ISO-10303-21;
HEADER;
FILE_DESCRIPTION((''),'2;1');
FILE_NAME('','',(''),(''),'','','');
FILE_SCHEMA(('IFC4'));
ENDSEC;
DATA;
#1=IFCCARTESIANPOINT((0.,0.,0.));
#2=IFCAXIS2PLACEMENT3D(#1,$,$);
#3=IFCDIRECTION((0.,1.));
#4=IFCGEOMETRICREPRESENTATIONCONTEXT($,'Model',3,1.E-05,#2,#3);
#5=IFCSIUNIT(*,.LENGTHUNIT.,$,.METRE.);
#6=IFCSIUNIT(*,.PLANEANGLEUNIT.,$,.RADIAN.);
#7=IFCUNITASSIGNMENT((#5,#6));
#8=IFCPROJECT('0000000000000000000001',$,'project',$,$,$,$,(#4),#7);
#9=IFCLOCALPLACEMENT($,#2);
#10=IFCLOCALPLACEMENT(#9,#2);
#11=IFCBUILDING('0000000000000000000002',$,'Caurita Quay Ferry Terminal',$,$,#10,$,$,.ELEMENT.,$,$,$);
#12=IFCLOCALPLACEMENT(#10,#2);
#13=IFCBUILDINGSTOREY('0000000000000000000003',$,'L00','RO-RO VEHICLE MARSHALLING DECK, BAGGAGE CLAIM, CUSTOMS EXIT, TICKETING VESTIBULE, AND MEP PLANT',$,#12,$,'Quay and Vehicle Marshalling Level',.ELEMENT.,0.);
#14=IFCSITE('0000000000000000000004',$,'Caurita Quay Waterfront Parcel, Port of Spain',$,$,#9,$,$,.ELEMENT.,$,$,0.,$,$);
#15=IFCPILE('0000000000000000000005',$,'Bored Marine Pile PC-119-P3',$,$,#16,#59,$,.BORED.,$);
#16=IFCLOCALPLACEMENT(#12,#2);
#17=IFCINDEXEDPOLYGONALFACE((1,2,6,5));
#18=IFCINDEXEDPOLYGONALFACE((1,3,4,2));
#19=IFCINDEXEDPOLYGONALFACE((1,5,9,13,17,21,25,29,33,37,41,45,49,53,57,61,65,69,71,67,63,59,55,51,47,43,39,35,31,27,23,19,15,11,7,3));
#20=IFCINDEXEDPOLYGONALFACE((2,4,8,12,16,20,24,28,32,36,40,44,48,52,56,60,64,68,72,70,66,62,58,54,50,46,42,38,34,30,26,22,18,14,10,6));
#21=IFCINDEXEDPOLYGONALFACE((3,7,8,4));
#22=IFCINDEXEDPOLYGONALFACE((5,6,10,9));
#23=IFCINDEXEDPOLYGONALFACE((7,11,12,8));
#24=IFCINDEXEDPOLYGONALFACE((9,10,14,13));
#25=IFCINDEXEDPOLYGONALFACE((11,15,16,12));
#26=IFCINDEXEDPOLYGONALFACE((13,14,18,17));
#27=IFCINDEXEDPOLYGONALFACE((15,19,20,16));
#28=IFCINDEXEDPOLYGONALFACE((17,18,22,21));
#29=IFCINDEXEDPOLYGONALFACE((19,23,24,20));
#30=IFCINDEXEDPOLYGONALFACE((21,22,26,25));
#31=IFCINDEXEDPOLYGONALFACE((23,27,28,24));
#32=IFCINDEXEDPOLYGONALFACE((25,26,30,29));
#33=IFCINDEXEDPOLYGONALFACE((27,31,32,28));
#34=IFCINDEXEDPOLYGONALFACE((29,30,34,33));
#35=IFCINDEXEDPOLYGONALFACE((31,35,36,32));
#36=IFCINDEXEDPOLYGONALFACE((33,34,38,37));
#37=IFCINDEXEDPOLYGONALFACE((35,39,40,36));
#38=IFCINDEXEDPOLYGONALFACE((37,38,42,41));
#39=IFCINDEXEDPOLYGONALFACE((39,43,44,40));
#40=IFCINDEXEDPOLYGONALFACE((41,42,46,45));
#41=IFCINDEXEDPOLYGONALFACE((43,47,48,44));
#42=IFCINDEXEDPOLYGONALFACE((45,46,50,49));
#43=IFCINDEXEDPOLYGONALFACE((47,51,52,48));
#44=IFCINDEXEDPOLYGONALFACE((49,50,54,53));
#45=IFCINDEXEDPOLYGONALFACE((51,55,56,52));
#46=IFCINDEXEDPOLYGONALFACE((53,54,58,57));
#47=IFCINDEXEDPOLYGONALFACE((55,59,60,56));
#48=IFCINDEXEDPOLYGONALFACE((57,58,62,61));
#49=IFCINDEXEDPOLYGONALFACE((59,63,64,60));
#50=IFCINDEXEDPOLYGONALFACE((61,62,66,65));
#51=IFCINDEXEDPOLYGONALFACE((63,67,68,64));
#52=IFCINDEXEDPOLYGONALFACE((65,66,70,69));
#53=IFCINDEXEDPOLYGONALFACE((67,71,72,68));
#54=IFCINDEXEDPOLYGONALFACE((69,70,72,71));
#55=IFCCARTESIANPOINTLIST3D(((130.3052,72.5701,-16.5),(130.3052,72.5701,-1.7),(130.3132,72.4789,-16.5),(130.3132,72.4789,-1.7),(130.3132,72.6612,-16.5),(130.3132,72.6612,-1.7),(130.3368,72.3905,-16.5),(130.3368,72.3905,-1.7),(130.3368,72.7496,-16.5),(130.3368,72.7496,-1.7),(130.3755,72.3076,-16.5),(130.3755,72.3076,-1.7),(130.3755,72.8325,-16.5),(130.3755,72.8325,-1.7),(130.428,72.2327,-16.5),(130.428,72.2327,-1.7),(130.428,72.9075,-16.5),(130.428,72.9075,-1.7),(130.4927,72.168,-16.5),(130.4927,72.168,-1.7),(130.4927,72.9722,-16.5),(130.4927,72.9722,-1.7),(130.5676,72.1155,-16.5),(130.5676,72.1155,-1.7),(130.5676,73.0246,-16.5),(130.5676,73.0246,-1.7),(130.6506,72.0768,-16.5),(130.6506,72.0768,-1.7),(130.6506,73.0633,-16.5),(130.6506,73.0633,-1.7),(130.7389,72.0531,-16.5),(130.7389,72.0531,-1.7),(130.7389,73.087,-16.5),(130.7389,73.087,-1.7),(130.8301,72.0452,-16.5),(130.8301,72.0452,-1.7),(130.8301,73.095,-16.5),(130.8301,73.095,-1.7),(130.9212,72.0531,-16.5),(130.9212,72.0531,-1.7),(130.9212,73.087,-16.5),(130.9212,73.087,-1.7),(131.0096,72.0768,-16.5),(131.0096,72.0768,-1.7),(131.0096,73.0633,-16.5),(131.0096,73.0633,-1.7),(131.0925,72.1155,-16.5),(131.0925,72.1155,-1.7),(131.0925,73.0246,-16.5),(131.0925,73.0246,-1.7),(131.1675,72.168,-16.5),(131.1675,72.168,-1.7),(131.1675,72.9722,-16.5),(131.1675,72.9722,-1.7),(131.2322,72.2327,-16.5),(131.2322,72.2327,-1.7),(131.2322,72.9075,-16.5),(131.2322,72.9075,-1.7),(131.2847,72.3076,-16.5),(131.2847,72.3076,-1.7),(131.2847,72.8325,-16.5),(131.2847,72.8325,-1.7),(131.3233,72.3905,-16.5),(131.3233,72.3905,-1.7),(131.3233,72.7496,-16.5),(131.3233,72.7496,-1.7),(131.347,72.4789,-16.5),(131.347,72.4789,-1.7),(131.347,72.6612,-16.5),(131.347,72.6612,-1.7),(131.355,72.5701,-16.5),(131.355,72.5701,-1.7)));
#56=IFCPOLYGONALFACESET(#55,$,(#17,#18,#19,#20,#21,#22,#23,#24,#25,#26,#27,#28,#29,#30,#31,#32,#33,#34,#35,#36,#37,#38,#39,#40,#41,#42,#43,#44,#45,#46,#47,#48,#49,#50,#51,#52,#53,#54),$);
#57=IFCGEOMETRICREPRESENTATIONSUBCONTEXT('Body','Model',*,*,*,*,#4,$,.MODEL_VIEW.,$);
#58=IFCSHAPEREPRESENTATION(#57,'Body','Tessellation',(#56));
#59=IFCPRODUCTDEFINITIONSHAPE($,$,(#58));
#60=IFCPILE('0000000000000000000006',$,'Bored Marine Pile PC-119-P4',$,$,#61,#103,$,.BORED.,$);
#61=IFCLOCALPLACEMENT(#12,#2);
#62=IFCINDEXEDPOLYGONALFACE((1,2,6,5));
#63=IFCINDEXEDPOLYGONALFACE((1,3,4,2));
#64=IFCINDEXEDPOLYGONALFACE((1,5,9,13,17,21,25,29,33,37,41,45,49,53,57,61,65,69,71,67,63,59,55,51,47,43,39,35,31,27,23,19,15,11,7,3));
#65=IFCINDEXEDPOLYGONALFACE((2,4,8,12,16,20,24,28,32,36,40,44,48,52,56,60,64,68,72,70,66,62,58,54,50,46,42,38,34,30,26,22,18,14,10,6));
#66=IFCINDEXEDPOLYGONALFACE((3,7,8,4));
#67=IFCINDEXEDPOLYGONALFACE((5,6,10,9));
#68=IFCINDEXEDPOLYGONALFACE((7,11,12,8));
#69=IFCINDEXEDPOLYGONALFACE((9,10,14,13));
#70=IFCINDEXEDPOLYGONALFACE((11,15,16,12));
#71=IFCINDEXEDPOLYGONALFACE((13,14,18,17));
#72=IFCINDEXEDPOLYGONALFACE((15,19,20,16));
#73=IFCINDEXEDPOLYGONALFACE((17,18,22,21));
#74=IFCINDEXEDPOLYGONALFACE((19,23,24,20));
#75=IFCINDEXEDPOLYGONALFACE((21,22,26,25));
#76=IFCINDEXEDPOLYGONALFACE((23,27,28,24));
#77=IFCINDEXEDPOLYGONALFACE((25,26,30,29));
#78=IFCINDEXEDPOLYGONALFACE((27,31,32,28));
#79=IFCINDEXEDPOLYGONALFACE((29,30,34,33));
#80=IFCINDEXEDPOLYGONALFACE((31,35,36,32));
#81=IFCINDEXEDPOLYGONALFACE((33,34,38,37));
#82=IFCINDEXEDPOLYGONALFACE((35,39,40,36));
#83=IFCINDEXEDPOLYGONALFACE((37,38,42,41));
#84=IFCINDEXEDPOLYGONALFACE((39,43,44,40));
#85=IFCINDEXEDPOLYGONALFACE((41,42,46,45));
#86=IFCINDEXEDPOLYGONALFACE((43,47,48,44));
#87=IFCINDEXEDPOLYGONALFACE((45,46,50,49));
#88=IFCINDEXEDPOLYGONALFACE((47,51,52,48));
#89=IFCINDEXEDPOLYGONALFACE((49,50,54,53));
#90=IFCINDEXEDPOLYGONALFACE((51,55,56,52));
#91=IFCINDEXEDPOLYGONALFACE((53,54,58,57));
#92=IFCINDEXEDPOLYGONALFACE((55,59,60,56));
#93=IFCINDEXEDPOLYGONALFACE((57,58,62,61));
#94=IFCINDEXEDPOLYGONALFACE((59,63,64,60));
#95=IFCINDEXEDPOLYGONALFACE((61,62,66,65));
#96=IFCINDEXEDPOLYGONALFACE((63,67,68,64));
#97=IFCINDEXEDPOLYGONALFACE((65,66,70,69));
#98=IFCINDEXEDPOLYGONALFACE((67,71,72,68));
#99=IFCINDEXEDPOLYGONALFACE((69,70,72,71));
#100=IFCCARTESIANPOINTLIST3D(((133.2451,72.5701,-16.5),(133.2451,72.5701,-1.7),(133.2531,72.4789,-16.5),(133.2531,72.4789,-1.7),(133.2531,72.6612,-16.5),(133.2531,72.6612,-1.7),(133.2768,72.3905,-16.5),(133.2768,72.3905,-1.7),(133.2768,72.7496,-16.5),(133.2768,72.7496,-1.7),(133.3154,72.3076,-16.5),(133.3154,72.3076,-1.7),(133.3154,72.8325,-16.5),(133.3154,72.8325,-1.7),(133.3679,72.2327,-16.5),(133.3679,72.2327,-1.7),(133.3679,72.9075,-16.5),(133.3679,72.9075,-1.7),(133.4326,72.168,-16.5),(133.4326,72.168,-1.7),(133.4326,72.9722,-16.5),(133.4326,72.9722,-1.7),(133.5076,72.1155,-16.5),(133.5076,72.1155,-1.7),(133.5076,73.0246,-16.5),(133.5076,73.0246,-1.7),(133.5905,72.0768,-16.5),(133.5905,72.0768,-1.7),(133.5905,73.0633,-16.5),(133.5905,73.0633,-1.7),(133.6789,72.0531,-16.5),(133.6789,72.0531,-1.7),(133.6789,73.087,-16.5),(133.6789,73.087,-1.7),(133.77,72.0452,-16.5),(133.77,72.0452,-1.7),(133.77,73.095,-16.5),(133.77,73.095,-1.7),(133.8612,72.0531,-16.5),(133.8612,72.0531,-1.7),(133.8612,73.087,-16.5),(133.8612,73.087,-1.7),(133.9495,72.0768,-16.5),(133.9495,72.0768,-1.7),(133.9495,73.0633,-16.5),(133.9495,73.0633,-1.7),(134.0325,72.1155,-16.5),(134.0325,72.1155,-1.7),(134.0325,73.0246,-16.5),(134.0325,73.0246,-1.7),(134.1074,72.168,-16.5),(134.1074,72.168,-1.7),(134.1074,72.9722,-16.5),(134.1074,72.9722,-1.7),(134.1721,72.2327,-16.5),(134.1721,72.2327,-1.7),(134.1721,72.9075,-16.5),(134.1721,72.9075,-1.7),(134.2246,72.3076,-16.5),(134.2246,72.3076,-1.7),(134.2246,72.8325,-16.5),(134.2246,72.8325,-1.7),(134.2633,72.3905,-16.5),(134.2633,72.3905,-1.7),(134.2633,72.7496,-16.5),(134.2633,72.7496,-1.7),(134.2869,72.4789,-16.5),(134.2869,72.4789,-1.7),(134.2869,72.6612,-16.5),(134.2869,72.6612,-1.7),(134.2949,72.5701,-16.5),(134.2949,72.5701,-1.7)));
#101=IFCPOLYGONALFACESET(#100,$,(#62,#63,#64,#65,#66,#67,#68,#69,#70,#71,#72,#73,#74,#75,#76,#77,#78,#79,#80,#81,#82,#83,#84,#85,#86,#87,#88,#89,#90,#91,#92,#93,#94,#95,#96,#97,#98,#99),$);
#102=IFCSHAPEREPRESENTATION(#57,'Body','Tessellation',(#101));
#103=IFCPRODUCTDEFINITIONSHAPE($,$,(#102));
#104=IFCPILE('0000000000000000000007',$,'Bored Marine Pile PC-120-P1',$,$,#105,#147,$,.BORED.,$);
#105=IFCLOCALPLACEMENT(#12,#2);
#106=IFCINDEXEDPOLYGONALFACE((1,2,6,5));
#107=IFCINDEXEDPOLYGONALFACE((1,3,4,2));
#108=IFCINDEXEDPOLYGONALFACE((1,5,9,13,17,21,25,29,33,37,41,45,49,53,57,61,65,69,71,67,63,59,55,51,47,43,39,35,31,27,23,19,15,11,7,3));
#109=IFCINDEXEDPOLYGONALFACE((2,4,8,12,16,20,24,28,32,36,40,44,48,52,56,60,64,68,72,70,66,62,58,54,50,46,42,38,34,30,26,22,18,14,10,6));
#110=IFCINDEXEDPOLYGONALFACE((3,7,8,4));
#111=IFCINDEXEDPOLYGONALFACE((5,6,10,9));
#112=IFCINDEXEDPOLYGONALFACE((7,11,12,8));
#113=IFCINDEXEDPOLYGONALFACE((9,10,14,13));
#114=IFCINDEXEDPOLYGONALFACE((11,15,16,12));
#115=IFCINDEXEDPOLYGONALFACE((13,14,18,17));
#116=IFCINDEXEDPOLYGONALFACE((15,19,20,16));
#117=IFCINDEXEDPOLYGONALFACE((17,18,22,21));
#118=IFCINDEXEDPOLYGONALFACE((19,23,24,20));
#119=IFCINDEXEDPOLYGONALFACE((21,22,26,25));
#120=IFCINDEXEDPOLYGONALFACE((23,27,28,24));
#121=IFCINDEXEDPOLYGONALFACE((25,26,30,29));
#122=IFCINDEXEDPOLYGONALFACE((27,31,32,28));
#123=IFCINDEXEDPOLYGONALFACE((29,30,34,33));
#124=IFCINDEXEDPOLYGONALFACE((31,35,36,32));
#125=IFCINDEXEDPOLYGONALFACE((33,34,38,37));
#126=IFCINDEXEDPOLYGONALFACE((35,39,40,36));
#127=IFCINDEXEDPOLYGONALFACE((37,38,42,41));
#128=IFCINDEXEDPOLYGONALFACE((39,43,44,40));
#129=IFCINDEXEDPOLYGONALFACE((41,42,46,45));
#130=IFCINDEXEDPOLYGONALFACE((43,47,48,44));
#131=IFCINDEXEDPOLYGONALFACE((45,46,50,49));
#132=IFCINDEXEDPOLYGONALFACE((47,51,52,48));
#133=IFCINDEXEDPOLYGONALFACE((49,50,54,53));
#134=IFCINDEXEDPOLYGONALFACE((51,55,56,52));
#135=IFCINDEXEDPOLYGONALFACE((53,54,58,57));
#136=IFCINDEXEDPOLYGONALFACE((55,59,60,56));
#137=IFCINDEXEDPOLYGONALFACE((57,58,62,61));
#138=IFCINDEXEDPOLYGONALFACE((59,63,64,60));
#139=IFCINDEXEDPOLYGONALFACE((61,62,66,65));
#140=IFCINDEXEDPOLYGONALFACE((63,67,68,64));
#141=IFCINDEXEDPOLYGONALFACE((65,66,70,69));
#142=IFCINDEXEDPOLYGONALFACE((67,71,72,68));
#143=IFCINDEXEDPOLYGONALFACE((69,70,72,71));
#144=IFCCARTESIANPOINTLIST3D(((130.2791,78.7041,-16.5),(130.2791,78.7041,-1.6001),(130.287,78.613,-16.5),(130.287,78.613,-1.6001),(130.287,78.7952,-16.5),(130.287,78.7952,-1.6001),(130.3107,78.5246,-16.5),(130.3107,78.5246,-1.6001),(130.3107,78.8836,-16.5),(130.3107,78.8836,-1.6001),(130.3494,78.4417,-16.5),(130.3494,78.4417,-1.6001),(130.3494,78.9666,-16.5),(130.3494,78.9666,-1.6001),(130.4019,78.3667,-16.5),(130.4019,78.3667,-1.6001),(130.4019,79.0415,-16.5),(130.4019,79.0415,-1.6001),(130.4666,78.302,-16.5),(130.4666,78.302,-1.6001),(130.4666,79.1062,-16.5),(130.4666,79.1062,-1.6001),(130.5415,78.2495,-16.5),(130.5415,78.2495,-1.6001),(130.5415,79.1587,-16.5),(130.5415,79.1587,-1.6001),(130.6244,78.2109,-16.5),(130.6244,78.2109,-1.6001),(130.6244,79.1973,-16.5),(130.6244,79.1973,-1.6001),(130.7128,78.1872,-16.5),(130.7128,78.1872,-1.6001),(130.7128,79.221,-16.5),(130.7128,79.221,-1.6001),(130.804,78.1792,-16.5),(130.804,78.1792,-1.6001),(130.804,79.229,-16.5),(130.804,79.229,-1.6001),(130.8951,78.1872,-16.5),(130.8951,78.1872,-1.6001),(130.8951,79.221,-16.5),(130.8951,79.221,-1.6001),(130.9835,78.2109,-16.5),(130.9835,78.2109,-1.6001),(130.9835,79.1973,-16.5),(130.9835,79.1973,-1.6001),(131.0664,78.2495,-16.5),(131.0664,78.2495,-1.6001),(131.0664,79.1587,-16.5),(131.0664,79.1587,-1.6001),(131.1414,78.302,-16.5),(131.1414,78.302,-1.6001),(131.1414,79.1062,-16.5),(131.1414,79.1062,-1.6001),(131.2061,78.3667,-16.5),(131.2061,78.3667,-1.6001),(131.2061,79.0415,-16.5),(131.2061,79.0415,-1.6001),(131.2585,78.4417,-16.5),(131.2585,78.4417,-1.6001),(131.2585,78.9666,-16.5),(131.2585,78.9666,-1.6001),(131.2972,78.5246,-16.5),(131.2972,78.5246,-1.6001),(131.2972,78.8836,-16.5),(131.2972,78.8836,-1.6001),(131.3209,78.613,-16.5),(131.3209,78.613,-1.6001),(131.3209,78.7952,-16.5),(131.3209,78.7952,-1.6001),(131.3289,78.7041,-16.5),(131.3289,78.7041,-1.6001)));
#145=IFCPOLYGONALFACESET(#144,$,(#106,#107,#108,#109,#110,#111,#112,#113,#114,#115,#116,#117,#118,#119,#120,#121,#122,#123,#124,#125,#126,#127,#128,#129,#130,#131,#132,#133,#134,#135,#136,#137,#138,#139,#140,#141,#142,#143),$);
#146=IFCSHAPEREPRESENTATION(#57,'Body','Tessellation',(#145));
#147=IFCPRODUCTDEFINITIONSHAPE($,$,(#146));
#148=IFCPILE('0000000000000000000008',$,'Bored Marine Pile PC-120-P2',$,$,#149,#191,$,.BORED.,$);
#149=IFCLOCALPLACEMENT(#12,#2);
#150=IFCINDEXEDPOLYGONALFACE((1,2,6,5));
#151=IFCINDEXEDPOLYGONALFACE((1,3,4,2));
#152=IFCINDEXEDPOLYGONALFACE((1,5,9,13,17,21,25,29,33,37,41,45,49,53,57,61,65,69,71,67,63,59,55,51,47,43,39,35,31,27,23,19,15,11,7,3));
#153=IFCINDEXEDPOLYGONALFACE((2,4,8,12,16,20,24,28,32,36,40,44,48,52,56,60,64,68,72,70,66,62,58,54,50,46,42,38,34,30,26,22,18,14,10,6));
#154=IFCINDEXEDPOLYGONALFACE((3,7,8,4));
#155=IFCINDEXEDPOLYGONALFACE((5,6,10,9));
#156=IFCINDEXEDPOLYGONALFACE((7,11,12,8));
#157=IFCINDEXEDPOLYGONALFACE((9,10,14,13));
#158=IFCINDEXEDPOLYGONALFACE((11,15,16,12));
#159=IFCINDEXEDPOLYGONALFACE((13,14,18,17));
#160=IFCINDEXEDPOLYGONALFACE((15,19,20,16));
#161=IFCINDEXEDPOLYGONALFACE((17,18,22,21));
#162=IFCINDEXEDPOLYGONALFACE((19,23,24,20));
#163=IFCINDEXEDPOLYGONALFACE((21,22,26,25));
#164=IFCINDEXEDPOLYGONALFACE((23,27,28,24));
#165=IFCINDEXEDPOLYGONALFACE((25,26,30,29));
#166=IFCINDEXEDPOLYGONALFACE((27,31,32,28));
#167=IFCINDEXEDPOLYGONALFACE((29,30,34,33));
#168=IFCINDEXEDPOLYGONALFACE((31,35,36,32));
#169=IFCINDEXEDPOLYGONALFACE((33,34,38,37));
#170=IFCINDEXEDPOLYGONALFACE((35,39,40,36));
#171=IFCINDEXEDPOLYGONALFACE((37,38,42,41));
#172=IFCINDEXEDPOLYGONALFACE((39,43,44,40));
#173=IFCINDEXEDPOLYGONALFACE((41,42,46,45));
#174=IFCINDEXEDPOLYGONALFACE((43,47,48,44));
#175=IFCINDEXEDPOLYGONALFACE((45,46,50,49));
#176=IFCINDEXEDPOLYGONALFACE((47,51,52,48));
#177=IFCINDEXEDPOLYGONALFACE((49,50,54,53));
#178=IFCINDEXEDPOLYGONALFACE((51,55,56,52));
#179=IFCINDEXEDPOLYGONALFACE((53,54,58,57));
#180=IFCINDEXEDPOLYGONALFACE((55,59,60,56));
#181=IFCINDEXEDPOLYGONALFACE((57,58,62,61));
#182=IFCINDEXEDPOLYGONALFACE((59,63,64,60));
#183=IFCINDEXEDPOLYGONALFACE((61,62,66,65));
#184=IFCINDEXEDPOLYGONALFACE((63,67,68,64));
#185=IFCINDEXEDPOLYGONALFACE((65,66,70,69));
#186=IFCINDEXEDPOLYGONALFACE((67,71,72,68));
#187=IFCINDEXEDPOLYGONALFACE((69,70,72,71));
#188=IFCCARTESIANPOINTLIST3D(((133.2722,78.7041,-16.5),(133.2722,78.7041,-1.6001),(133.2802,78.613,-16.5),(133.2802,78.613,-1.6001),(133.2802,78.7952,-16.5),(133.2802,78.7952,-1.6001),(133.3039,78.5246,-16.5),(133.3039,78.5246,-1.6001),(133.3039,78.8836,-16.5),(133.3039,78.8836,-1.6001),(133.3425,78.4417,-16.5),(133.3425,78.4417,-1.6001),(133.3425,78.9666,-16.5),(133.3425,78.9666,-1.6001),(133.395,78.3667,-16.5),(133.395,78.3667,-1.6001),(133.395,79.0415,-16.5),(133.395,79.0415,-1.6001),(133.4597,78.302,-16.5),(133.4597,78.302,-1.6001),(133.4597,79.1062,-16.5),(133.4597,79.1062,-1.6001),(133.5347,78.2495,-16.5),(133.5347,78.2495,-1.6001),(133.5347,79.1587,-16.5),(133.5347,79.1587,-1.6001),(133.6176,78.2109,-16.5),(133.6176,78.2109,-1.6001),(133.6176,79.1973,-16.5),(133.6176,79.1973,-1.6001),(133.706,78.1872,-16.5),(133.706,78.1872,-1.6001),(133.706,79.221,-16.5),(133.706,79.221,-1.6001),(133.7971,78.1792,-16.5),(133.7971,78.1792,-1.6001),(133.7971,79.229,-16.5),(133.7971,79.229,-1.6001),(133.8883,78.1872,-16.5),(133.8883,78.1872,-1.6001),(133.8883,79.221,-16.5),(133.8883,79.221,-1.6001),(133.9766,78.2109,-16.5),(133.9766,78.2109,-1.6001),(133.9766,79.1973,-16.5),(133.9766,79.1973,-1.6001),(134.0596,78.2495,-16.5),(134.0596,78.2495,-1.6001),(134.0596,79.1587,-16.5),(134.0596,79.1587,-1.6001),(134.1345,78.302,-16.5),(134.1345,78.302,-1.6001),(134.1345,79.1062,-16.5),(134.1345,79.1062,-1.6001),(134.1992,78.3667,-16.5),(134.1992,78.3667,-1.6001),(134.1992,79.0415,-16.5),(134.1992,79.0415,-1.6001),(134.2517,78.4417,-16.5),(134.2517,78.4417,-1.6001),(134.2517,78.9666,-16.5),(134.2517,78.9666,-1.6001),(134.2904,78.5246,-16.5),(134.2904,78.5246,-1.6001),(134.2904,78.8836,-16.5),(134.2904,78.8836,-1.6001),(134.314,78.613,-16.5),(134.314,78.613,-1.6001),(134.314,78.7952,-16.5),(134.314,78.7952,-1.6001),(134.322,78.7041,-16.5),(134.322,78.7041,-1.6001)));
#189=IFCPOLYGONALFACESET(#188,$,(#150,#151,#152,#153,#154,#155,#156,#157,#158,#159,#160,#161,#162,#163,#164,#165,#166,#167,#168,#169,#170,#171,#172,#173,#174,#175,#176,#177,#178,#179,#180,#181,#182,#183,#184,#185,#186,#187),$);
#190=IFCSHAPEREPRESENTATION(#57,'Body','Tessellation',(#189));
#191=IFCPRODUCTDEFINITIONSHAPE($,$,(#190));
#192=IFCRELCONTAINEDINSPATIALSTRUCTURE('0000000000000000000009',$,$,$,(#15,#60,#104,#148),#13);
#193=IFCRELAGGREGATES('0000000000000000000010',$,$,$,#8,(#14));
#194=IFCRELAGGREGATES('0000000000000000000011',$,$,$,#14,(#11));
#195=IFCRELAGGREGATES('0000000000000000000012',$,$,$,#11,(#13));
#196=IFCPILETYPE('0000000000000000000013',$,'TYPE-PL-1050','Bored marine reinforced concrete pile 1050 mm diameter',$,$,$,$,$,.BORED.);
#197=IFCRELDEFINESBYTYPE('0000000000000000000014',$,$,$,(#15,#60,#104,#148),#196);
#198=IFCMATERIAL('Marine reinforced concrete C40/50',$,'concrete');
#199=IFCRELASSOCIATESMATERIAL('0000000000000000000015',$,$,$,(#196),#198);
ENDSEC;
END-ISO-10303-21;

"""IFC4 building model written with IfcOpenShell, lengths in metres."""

from ifc_helpers import new_model, si_unit, direction, frame, origin, origin_2d, place, context, subcontext, project, spatial, circle, extrude, material, material_profile, profile_set, type_object, element, save


model = new_model("IFC4")

# Units and contexts
model_context = context("Model", 3, precision=1e-05, world=origin(), true_north=direction((0.0, 1.0)))
body_context = subcontext(model_context, "Body", "Model", "MODEL_VIEW")
ifc_project = project(units=[si_unit("LENGTHUNIT", "METRE"), si_unit("PLANEANGLEUNIT", "RADIAN")], contexts=[model_context])

# Site, building, storey
site_placement = place(None, origin())
site = spatial("IfcSite", under=ifc_project, at=site_placement, Name="Caurita Quay Waterfront Parcel, Port of Spain", CompositionType="ELEMENT", RefElevation=0.0)
building_placement = place(site_placement, origin())
building = spatial("IfcBuilding", under=site, at=building_placement, Name="Caurita Quay Ferry Terminal", CompositionType="ELEMENT")
storey_placement = place(building_placement, origin())
storey = spatial("IfcBuildingStorey", under=building, at=storey_placement, Name="L00", Description="RO-RO VEHICLE MARSHALLING DECK, BAGGAGE CLAIM, CUSTOMS EXIT, TICKETING VESTIBULE, AND MEP PLANT", LongName="Quay and Vehicle Marshalling Level", CompositionType="ELEMENT", Elevation=0.0)

# Piles
ifc_material_1 = material(Name="Marine reinforced concrete C40/50", Category="concrete")
ifc_material_profile_1 = material_profile(ifc_material_1, circle(Radius=0.5249, at=origin_2d()), Name="PILE-D1050")
ifc_profile_set_1 = profile_set([ifc_material_profile_1], Name="Marine reinforced concrete C40/50")
pile_type_1 = type_object("IfcPileType", Name="TYPE-PL-1050", Description="Bored marine reinforced concrete pile 1050 mm diameter", PredefinedType="BORED", material=ifc_profile_set_1)
for number, where, z_axis, x_axis, name in (
    (1, (130.8301, 72.5701, -1.7), (0.0, 0.0, -1.0), (1.0, 0.0, 0.0), "Bored Marine Pile PC-119-P3"),
    (2, (133.77, 72.5701, -1.7), (0.0, 0.0, -1.0), (1.0, 0.0, 0.0), "Bored Marine Pile PC-119-P4"),
):
    element("IfcPile", number, at=place(storey_placement, frame(where, z_axis=z_axis, x_axis=x_axis)), inside=storey, type_object=pile_type_1, Name=name, PredefinedType="BORED", context=body_context, shape_type="SweptSolid", body=[
        extrude(circle(Radius=0.5249, at=origin_2d()), origin(), (0.0, 0.0, 1.0), 14.8),
    ])
for number, where, z_axis, x_axis, name in (
    (3, (130.804, 78.7041, -1.6001), (0.0, 0.0, -1.0), (1.0, 0.0, 0.0), "Bored Marine Pile PC-120-P1"),
    (4, (133.7971, 78.7041, -1.6001), (0.0, 0.0, -1.0), (1.0, 0.0, 0.0), "Bored Marine Pile PC-120-P2"),
):
    element("IfcPile", number, at=place(storey_placement, frame(where, z_axis=z_axis, x_axis=x_axis)), inside=storey, type_object=pile_type_1, Name=name, PredefinedType="BORED", context=body_context, shape_type="SweptSolid", body=[
        extrude(circle(Radius=0.5249, at=origin_2d()), origin(), (0.0, 0.0, 1.0), 14.8999),
    ])

save(model, "model.ifc")
